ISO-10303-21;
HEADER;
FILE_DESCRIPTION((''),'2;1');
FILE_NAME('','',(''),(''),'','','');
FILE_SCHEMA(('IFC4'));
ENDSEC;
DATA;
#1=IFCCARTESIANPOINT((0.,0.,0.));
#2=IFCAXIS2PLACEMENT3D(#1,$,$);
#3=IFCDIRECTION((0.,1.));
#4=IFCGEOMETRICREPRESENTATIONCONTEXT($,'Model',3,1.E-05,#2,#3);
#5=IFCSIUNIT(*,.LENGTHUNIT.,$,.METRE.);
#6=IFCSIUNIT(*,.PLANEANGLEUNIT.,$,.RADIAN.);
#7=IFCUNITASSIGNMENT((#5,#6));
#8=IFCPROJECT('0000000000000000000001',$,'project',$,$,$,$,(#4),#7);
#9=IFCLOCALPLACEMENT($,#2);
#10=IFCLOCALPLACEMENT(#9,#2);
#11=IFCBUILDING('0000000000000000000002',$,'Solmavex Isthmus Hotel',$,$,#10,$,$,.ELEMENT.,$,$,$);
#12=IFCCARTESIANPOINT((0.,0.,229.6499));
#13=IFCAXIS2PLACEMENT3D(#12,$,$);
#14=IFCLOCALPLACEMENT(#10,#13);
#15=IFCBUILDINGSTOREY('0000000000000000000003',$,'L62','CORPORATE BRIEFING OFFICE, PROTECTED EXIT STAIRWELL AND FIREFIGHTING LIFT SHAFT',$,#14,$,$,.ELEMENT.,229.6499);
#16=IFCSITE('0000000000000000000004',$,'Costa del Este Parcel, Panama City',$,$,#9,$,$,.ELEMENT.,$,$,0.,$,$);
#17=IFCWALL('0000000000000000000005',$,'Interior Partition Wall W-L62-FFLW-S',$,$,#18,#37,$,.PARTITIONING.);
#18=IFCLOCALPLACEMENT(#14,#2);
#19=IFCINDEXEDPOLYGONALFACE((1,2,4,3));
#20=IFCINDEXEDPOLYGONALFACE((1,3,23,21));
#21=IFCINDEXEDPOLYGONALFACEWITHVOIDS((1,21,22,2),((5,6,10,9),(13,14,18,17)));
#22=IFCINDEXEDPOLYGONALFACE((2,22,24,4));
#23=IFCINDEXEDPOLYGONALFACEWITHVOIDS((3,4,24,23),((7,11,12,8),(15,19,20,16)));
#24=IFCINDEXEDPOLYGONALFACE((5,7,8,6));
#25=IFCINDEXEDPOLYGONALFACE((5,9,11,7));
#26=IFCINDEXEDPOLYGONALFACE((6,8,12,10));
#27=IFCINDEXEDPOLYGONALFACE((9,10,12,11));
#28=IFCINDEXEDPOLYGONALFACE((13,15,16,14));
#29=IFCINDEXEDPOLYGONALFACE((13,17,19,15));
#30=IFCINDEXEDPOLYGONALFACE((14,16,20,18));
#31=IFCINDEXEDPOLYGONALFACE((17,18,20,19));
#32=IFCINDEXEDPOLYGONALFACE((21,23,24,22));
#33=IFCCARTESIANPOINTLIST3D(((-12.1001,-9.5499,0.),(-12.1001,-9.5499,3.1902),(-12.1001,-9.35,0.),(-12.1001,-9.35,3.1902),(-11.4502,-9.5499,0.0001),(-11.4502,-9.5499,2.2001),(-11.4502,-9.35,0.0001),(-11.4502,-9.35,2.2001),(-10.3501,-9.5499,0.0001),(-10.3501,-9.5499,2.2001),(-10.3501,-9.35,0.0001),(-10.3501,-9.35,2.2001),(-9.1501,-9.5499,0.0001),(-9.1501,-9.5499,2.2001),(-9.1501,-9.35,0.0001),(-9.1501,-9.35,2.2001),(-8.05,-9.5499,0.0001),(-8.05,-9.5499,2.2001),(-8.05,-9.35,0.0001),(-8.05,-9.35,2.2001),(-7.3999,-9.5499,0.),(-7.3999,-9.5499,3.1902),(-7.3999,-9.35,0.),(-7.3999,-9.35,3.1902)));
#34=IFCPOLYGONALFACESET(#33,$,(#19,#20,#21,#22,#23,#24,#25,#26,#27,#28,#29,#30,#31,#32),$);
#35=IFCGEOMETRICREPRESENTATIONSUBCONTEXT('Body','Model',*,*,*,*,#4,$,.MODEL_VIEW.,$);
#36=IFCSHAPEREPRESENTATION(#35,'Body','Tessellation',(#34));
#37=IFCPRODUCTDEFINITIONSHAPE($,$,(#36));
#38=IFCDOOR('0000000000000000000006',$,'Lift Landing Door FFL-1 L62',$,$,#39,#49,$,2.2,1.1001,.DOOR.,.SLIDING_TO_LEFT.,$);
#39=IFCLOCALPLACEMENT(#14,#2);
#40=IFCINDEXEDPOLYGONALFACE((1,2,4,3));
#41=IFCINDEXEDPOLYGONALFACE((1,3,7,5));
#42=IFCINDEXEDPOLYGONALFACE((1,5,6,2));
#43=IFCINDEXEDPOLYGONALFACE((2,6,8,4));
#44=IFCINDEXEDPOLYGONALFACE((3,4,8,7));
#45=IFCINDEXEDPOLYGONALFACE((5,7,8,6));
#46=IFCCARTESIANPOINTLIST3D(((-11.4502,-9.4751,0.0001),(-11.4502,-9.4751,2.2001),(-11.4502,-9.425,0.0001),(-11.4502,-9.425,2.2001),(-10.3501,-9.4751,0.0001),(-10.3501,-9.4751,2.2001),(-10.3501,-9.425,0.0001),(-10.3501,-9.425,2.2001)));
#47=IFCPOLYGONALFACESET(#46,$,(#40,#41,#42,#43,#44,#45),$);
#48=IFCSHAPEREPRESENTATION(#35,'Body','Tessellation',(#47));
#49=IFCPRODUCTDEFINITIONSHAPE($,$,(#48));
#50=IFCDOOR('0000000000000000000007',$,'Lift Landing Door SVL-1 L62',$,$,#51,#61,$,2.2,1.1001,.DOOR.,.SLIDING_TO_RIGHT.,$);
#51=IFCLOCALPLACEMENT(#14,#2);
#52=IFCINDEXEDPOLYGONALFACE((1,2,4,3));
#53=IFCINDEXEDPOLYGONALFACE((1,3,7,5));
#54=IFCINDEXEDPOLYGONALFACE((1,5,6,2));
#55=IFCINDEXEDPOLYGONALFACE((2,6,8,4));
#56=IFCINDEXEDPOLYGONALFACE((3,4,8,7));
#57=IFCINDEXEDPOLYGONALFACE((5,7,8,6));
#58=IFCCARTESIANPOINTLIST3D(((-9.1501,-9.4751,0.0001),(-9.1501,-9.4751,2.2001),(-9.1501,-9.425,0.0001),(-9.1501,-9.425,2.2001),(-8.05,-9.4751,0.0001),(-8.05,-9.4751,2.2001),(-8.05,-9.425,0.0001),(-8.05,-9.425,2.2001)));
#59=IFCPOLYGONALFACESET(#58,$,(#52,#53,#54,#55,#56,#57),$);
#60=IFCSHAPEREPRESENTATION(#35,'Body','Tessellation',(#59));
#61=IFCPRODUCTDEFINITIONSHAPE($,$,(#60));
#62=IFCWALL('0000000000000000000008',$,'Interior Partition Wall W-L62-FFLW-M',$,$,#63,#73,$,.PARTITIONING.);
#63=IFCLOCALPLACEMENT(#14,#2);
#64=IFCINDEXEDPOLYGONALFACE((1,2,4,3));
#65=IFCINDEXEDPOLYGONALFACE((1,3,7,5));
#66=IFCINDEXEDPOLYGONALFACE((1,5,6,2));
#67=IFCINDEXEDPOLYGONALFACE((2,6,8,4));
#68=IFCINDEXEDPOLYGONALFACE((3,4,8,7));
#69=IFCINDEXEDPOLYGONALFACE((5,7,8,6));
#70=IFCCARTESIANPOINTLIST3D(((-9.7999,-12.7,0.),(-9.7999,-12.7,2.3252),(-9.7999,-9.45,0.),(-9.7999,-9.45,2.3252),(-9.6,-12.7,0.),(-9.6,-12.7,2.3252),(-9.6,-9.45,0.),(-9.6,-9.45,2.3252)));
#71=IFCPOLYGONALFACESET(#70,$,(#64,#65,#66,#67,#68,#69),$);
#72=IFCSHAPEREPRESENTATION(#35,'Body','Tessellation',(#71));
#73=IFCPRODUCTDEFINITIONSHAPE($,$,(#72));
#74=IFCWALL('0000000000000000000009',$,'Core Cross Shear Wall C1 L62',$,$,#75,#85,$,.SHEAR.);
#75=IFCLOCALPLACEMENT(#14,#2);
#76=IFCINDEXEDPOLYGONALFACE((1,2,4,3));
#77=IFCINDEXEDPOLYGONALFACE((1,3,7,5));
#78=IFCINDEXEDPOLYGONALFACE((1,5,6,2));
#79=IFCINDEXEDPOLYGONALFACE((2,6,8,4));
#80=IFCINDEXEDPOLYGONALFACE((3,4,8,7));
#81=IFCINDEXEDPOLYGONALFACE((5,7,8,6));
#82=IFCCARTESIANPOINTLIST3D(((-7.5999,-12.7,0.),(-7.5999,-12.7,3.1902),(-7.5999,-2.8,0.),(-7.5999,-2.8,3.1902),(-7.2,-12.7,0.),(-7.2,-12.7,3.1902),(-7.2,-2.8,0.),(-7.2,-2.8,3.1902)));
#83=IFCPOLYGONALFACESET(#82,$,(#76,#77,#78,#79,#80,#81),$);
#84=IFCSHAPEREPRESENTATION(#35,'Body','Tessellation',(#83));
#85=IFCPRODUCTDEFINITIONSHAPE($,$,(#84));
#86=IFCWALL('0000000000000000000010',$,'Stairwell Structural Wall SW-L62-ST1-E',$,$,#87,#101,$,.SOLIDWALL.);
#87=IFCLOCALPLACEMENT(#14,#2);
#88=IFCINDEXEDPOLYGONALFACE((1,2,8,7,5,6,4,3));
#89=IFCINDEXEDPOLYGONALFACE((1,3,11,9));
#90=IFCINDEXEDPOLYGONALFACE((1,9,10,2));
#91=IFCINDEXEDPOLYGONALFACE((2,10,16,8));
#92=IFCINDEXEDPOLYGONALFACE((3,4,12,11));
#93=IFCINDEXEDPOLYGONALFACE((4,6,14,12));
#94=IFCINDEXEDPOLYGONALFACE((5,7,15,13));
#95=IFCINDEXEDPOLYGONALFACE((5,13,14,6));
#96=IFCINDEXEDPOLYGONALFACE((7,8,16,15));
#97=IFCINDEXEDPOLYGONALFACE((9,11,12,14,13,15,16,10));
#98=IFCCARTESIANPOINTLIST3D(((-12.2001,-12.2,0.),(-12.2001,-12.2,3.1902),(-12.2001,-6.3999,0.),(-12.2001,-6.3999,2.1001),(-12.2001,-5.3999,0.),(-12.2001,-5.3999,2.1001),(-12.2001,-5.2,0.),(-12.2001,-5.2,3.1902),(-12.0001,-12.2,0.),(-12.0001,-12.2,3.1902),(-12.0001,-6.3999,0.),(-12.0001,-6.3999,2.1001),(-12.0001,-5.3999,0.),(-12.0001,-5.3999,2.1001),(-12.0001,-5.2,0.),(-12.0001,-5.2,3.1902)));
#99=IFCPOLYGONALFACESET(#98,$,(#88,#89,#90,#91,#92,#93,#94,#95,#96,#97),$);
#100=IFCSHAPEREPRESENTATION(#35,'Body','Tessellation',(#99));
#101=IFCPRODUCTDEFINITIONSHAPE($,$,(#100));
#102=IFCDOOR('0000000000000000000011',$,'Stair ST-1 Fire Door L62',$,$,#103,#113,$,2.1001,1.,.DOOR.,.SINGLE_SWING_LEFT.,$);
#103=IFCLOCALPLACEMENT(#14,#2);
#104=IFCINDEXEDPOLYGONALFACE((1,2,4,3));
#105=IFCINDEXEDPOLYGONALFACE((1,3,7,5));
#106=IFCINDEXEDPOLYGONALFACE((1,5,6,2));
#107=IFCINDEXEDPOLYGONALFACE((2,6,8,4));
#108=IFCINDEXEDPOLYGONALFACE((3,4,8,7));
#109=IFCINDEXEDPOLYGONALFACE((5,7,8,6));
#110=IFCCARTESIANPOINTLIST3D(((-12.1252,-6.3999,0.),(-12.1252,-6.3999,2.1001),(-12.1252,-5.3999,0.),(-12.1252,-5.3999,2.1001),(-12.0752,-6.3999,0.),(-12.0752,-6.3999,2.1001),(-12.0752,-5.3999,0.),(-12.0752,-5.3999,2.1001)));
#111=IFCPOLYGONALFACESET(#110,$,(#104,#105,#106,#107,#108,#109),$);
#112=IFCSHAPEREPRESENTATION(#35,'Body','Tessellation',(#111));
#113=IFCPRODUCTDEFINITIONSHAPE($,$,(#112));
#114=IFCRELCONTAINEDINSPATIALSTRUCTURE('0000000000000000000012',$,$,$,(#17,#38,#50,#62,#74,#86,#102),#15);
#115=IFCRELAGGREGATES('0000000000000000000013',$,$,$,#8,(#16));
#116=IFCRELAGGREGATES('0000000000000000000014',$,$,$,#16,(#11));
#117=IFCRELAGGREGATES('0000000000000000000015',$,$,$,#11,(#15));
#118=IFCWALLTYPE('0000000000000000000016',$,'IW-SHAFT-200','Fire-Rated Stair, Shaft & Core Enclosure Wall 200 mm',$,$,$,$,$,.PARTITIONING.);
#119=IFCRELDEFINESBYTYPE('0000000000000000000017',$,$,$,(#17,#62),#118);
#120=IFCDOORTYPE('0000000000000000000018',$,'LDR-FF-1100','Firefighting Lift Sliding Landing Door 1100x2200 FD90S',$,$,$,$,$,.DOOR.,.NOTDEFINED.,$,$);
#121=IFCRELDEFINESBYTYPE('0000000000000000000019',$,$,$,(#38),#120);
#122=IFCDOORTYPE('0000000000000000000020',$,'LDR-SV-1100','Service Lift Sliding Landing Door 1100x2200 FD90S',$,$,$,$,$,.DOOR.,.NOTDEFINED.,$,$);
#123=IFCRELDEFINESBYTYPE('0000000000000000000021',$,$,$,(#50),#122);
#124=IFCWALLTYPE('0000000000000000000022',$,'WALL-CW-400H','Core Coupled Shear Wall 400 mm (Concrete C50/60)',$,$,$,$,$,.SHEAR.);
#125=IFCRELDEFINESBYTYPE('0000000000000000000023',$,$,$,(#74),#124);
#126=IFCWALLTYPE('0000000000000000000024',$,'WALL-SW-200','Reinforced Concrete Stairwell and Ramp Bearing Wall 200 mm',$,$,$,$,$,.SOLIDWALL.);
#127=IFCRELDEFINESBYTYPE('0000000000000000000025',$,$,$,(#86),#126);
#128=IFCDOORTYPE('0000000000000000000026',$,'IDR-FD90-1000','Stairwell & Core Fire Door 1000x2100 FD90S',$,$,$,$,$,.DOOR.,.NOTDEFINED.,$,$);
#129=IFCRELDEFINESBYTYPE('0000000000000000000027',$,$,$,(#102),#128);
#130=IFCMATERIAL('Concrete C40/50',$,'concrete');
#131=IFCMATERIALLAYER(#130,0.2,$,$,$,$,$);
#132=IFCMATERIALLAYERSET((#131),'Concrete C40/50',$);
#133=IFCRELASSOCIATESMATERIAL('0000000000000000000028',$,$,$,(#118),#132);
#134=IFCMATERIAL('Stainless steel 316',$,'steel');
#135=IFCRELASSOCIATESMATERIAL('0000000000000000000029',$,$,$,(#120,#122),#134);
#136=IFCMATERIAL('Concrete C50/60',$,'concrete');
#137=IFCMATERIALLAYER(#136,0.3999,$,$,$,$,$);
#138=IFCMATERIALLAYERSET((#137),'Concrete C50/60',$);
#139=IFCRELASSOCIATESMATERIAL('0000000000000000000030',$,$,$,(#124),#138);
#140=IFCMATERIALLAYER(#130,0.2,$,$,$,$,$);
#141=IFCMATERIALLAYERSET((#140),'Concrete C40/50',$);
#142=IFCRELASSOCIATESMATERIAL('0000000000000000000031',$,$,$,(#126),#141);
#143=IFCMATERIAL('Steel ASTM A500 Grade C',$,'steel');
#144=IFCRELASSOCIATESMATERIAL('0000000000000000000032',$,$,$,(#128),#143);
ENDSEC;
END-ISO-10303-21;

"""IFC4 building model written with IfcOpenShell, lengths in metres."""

from ifc_helpers import new_model, si_unit, direction, frame, frame_2d, origin, place, context, subcontext, project, spatial, rectangle, extrude, material, layer, layer_set, type_object, element, fill, save


model = new_model("IFC4")

# Units and contexts
model_context = context("Model", 3, precision=1e-05, world=origin(), true_north=direction((0.0, 1.0)))
body_context = subcontext(model_context, "Body", "Model", "MODEL_VIEW")
ifc_project = project(units=[si_unit("LENGTHUNIT", "METRE"), si_unit("PLANEANGLEUNIT", "RADIAN")], contexts=[model_context])

# Site, building, storey
site_placement = place(None, origin())
site = spatial("IfcSite", under=ifc_project, at=site_placement, Name="Costa del Este Parcel, Panama City", CompositionType="ELEMENT", RefElevation=0.0)
building_placement = place(site_placement, origin())
building = spatial("IfcBuilding", under=site, at=building_placement, Name="Solmavex Isthmus Hotel", CompositionType="ELEMENT")
storey_placement = place(building_placement, frame((0.0, 0.0, 229.6499)))
storey = spatial("IfcBuildingStorey", under=building, at=storey_placement, Name="L62", Description="CORPORATE BRIEFING OFFICE, PROTECTED EXIT STAIRWELL AND FIREFIGHTING LIFT SHAFT", CompositionType="ELEMENT", Elevation=229.6499)

# Shared definitions
ifc_material_1 = material(Name="Concrete C50/60", Category="concrete")

# Wall, openings, doors
ifc_material_2 = material(Name="Concrete C40/50", Category="concrete")
ifc_layer_1 = layer(ifc_material_2, 0.2)
ifc_layer_set_1 = layer_set([ifc_layer_1], Name="Concrete C40/50")
wall_type_1 = type_object("IfcWallType", Name="IW-SHAFT-200", Description="Fire-Rated Stair, Shaft & Core Enclosure Wall 200 mm", PredefinedType="PARTITIONING", material=ifc_layer_set_1)
wall_1_placement = place(storey_placement, frame((-12.1001, -9.45, 0.0), z_axis=(0.0, 0.0, 1.0), x_axis=(1.0, 0.0, 0.0)))
wall_1 = element("IfcWall", 1, at=wall_1_placement, inside=storey, type_object=wall_type_1, Name="Interior Partition Wall W-L62-FFLW-S", PredefinedType="PARTITIONING", context=body_context, shape_type="SweptSolid", body=[
    extrude(rectangle(XDim=4.7002, YDim=0.2, at=frame_2d((2.3501, 0.0))), origin(), (0.0, 0.0, 1.0), 3.1902),
])
opening_1_placement = place(wall_1_placement, frame((0.6499, 0.0, 0.0)))
opening_1 = element("IfcOpeningElement", 2, at=opening_1_placement, cuts=wall_1, PredefinedType="OPENING", context=body_context, shape_type="SweptSolid", body=[
    extrude(rectangle(XDim=1.1001, YDim=2.2, at=frame_2d((0.55, 1.1001))), frame((0.0, 0.1099, 0.0), z_axis=(0.0, -1.0, 0.0), x_axis=(1.0, 0.0, 0.0)), (0.0, 0.0, 1.0), 0.22),
])
opening_2_placement = place(wall_1_placement, frame((2.95, 0.0, 0.0)))
opening_2 = element("IfcOpeningElement", 3, at=opening_2_placement, cuts=wall_1, PredefinedType="OPENING", context=body_context, shape_type="SweptSolid", body=[
    extrude(rectangle(XDim=1.1001, YDim=2.2, at=frame_2d((0.55, 1.1001))), frame((0.0, 0.1099, 0.0), z_axis=(0.0, -1.0, 0.0), x_axis=(1.0, 0.0, 0.0)), (0.0, 0.0, 1.0), 0.22),
])
ifc_material_3 = material(Name="Stainless steel 316", Category="steel")
door_type_1 = type_object("IfcDoorType", Name="LDR-FF-1100", Description="Firefighting Lift Sliding Landing Door 1100x2200 FD90S", OperationType="NOTDEFINED", PredefinedType="DOOR", material=ifc_material_3)
door_1_placement = place(opening_1_placement, origin())
door_1 = element("IfcDoor", 4, at=door_1_placement, inside=storey, type_object=door_type_1, Name="Lift Landing Door FFL-1 L62", OperationType="SLIDING_TO_LEFT", OverallHeight=2.2, OverallWidth=1.1001, PredefinedType="DOOR", context=body_context, shape_type="SweptSolid", body=[
    extrude(rectangle(XDim=1.1001, YDim=2.2, at=frame_2d((0.55, 1.1001))), frame((0.0, 0.0249, 0.0), z_axis=(0.0, -1.0, 0.0), x_axis=(1.0, 0.0, 0.0)), (0.0, 0.0, 1.0), 0.05),
])
fill(opening_1, door_1)
door_type_2 = type_object("IfcDoorType", Name="LDR-SV-1100", Description="Service Lift Sliding Landing Door 1100x2200 FD90S", OperationType="NOTDEFINED", PredefinedType="DOOR", material=ifc_material_3)
door_2_placement = place(opening_2_placement, origin())
door_2 = element("IfcDoor", 5, at=door_2_placement, inside=storey, type_object=door_type_2, Name="Lift Landing Door SVL-1 L62", OperationType="SLIDING_TO_RIGHT", OverallHeight=2.2, OverallWidth=1.1001, PredefinedType="DOOR", context=body_context, shape_type="SweptSolid", body=[
    extrude(rectangle(XDim=1.1001, YDim=2.2, at=frame_2d((0.55, 1.1001))), frame((0.0, 0.0249, 0.0), z_axis=(0.0, -1.0, 0.0), x_axis=(1.0, 0.0, 0.0)), (0.0, 0.0, 1.0), 0.05),
])
fill(opening_2, door_2)

# Walls
wall_2_placement = place(storey_placement, frame((-9.7, -12.7, 0.0), z_axis=(0.0, 0.0, 1.0), x_axis=(0.0, 1.0, 0.0)))
element("IfcWall", 6, at=wall_2_placement, inside=storey, type_object=wall_type_1, Name="Interior Partition Wall W-L62-FFLW-M", PredefinedType="PARTITIONING", context=body_context, shape_type="SweptSolid", body=[
    extrude(rectangle(XDim=3.25, YDim=0.2, at=frame_2d((1.625, 0.0))), origin(), (0.0, 0.0, 1.0), 2.3252),
])
ifc_layer_2 = layer(ifc_material_1, 0.3999)
ifc_layer_set_2 = layer_set([ifc_layer_2], Name="Concrete C50/60")
wall_type_2 = type_object("IfcWallType", Name="WALL-CW-400H", Description="Core Coupled Shear Wall 400 mm (Concrete C50/60)", PredefinedType="SHEAR", material=ifc_layer_set_2)
wall_3_placement = place(storey_placement, frame((-7.3999, -12.7, 0.0), z_axis=(0.0, 0.0, 1.0), x_axis=(0.0, 1.0, 0.0)))
element("IfcWall", 7, at=wall_3_placement, inside=storey, type_object=wall_type_2, Name="Core Cross Shear Wall C1 L62", PredefinedType="SHEAR", context=body_context, shape_type="SweptSolid", body=[
    extrude(rectangle(XDim=9.8999, YDim=0.3999, at=frame_2d((4.95, 0.0))), origin(), (0.0, 0.0, 1.0), 3.1902),
])

# Wall, opening, door
ifc_layer_3 = layer(ifc_material_2, 0.2)
ifc_layer_set_3 = layer_set([ifc_layer_3], Name="Concrete C40/50")
wall_type_3 = type_object("IfcWallType", Name="WALL-SW-200", Description="Reinforced Concrete Stairwell and Ramp Bearing Wall 200 mm", PredefinedType="SOLIDWALL", material=ifc_layer_set_3)
wall_4_placement = place(storey_placement, frame((-12.1001, -12.2, 0.0), z_axis=(0.0, 0.0, 1.0), x_axis=(0.0, 1.0, 0.0)))
wall_4 = element("IfcWall", 8, at=wall_4_placement, inside=storey, type_object=wall_type_3, Name="Stairwell Structural Wall SW-L62-ST1-E", PredefinedType="SOLIDWALL", context=body_context, shape_type="SweptSolid", body=[
    extrude(rectangle(XDim=7.0, YDim=0.2, at=frame_2d((3.5, 0.0))), origin(), (0.0, 0.0, 1.0), 3.1902),
])
opening_3_placement = place(wall_4_placement, frame((5.8, 0.0, 0.0)))
opening_3 = element("IfcOpeningElement", 9, at=opening_3_placement, cuts=wall_4, PredefinedType="OPENING", context=body_context, shape_type="SweptSolid", body=[
    extrude(rectangle(XDim=1.0, YDim=2.1001, at=frame_2d((0.5, 1.05))), frame((0.0, 0.1099, 0.0), z_axis=(0.0, -1.0, 0.0), x_axis=(1.0, 0.0, 0.0)), (0.0, 0.0, 1.0), 0.22),
])
ifc_material_4 = material(Name="Steel ASTM A500 Grade C", Category="steel")
door_type_3 = type_object("IfcDoorType", Name="IDR-FD90-1000", Description="Stairwell & Core Fire Door 1000x2100 FD90S", OperationType="NOTDEFINED", PredefinedType="DOOR", material=ifc_material_4)
door_3_placement = place(opening_3_placement, frame((1.0, 0.0, 0.0), z_axis=(0.0, 0.0, 1.0), x_axis=(-1.0, 0.0, 0.0)))
door_3 = element("IfcDoor", 10, at=door_3_placement, inside=storey, type_object=door_type_3, Name="Stair ST-1 Fire Door L62", OperationType="SINGLE_SWING_LEFT", OverallHeight=2.1001, OverallWidth=1.0, PredefinedType="DOOR", context=body_context, shape_type="SweptSolid", body=[
    extrude(rectangle(XDim=1.0, YDim=2.1001, at=frame_2d((0.5, 1.05))), frame((0.0, 0.0249, 0.0), z_axis=(0.0, -1.0, 0.0), x_axis=(1.0, 0.0, 0.0)), (0.0, 0.0, 1.0), 0.05),
])
fill(opening_3, door_3)

save(model, "model.ifc")
